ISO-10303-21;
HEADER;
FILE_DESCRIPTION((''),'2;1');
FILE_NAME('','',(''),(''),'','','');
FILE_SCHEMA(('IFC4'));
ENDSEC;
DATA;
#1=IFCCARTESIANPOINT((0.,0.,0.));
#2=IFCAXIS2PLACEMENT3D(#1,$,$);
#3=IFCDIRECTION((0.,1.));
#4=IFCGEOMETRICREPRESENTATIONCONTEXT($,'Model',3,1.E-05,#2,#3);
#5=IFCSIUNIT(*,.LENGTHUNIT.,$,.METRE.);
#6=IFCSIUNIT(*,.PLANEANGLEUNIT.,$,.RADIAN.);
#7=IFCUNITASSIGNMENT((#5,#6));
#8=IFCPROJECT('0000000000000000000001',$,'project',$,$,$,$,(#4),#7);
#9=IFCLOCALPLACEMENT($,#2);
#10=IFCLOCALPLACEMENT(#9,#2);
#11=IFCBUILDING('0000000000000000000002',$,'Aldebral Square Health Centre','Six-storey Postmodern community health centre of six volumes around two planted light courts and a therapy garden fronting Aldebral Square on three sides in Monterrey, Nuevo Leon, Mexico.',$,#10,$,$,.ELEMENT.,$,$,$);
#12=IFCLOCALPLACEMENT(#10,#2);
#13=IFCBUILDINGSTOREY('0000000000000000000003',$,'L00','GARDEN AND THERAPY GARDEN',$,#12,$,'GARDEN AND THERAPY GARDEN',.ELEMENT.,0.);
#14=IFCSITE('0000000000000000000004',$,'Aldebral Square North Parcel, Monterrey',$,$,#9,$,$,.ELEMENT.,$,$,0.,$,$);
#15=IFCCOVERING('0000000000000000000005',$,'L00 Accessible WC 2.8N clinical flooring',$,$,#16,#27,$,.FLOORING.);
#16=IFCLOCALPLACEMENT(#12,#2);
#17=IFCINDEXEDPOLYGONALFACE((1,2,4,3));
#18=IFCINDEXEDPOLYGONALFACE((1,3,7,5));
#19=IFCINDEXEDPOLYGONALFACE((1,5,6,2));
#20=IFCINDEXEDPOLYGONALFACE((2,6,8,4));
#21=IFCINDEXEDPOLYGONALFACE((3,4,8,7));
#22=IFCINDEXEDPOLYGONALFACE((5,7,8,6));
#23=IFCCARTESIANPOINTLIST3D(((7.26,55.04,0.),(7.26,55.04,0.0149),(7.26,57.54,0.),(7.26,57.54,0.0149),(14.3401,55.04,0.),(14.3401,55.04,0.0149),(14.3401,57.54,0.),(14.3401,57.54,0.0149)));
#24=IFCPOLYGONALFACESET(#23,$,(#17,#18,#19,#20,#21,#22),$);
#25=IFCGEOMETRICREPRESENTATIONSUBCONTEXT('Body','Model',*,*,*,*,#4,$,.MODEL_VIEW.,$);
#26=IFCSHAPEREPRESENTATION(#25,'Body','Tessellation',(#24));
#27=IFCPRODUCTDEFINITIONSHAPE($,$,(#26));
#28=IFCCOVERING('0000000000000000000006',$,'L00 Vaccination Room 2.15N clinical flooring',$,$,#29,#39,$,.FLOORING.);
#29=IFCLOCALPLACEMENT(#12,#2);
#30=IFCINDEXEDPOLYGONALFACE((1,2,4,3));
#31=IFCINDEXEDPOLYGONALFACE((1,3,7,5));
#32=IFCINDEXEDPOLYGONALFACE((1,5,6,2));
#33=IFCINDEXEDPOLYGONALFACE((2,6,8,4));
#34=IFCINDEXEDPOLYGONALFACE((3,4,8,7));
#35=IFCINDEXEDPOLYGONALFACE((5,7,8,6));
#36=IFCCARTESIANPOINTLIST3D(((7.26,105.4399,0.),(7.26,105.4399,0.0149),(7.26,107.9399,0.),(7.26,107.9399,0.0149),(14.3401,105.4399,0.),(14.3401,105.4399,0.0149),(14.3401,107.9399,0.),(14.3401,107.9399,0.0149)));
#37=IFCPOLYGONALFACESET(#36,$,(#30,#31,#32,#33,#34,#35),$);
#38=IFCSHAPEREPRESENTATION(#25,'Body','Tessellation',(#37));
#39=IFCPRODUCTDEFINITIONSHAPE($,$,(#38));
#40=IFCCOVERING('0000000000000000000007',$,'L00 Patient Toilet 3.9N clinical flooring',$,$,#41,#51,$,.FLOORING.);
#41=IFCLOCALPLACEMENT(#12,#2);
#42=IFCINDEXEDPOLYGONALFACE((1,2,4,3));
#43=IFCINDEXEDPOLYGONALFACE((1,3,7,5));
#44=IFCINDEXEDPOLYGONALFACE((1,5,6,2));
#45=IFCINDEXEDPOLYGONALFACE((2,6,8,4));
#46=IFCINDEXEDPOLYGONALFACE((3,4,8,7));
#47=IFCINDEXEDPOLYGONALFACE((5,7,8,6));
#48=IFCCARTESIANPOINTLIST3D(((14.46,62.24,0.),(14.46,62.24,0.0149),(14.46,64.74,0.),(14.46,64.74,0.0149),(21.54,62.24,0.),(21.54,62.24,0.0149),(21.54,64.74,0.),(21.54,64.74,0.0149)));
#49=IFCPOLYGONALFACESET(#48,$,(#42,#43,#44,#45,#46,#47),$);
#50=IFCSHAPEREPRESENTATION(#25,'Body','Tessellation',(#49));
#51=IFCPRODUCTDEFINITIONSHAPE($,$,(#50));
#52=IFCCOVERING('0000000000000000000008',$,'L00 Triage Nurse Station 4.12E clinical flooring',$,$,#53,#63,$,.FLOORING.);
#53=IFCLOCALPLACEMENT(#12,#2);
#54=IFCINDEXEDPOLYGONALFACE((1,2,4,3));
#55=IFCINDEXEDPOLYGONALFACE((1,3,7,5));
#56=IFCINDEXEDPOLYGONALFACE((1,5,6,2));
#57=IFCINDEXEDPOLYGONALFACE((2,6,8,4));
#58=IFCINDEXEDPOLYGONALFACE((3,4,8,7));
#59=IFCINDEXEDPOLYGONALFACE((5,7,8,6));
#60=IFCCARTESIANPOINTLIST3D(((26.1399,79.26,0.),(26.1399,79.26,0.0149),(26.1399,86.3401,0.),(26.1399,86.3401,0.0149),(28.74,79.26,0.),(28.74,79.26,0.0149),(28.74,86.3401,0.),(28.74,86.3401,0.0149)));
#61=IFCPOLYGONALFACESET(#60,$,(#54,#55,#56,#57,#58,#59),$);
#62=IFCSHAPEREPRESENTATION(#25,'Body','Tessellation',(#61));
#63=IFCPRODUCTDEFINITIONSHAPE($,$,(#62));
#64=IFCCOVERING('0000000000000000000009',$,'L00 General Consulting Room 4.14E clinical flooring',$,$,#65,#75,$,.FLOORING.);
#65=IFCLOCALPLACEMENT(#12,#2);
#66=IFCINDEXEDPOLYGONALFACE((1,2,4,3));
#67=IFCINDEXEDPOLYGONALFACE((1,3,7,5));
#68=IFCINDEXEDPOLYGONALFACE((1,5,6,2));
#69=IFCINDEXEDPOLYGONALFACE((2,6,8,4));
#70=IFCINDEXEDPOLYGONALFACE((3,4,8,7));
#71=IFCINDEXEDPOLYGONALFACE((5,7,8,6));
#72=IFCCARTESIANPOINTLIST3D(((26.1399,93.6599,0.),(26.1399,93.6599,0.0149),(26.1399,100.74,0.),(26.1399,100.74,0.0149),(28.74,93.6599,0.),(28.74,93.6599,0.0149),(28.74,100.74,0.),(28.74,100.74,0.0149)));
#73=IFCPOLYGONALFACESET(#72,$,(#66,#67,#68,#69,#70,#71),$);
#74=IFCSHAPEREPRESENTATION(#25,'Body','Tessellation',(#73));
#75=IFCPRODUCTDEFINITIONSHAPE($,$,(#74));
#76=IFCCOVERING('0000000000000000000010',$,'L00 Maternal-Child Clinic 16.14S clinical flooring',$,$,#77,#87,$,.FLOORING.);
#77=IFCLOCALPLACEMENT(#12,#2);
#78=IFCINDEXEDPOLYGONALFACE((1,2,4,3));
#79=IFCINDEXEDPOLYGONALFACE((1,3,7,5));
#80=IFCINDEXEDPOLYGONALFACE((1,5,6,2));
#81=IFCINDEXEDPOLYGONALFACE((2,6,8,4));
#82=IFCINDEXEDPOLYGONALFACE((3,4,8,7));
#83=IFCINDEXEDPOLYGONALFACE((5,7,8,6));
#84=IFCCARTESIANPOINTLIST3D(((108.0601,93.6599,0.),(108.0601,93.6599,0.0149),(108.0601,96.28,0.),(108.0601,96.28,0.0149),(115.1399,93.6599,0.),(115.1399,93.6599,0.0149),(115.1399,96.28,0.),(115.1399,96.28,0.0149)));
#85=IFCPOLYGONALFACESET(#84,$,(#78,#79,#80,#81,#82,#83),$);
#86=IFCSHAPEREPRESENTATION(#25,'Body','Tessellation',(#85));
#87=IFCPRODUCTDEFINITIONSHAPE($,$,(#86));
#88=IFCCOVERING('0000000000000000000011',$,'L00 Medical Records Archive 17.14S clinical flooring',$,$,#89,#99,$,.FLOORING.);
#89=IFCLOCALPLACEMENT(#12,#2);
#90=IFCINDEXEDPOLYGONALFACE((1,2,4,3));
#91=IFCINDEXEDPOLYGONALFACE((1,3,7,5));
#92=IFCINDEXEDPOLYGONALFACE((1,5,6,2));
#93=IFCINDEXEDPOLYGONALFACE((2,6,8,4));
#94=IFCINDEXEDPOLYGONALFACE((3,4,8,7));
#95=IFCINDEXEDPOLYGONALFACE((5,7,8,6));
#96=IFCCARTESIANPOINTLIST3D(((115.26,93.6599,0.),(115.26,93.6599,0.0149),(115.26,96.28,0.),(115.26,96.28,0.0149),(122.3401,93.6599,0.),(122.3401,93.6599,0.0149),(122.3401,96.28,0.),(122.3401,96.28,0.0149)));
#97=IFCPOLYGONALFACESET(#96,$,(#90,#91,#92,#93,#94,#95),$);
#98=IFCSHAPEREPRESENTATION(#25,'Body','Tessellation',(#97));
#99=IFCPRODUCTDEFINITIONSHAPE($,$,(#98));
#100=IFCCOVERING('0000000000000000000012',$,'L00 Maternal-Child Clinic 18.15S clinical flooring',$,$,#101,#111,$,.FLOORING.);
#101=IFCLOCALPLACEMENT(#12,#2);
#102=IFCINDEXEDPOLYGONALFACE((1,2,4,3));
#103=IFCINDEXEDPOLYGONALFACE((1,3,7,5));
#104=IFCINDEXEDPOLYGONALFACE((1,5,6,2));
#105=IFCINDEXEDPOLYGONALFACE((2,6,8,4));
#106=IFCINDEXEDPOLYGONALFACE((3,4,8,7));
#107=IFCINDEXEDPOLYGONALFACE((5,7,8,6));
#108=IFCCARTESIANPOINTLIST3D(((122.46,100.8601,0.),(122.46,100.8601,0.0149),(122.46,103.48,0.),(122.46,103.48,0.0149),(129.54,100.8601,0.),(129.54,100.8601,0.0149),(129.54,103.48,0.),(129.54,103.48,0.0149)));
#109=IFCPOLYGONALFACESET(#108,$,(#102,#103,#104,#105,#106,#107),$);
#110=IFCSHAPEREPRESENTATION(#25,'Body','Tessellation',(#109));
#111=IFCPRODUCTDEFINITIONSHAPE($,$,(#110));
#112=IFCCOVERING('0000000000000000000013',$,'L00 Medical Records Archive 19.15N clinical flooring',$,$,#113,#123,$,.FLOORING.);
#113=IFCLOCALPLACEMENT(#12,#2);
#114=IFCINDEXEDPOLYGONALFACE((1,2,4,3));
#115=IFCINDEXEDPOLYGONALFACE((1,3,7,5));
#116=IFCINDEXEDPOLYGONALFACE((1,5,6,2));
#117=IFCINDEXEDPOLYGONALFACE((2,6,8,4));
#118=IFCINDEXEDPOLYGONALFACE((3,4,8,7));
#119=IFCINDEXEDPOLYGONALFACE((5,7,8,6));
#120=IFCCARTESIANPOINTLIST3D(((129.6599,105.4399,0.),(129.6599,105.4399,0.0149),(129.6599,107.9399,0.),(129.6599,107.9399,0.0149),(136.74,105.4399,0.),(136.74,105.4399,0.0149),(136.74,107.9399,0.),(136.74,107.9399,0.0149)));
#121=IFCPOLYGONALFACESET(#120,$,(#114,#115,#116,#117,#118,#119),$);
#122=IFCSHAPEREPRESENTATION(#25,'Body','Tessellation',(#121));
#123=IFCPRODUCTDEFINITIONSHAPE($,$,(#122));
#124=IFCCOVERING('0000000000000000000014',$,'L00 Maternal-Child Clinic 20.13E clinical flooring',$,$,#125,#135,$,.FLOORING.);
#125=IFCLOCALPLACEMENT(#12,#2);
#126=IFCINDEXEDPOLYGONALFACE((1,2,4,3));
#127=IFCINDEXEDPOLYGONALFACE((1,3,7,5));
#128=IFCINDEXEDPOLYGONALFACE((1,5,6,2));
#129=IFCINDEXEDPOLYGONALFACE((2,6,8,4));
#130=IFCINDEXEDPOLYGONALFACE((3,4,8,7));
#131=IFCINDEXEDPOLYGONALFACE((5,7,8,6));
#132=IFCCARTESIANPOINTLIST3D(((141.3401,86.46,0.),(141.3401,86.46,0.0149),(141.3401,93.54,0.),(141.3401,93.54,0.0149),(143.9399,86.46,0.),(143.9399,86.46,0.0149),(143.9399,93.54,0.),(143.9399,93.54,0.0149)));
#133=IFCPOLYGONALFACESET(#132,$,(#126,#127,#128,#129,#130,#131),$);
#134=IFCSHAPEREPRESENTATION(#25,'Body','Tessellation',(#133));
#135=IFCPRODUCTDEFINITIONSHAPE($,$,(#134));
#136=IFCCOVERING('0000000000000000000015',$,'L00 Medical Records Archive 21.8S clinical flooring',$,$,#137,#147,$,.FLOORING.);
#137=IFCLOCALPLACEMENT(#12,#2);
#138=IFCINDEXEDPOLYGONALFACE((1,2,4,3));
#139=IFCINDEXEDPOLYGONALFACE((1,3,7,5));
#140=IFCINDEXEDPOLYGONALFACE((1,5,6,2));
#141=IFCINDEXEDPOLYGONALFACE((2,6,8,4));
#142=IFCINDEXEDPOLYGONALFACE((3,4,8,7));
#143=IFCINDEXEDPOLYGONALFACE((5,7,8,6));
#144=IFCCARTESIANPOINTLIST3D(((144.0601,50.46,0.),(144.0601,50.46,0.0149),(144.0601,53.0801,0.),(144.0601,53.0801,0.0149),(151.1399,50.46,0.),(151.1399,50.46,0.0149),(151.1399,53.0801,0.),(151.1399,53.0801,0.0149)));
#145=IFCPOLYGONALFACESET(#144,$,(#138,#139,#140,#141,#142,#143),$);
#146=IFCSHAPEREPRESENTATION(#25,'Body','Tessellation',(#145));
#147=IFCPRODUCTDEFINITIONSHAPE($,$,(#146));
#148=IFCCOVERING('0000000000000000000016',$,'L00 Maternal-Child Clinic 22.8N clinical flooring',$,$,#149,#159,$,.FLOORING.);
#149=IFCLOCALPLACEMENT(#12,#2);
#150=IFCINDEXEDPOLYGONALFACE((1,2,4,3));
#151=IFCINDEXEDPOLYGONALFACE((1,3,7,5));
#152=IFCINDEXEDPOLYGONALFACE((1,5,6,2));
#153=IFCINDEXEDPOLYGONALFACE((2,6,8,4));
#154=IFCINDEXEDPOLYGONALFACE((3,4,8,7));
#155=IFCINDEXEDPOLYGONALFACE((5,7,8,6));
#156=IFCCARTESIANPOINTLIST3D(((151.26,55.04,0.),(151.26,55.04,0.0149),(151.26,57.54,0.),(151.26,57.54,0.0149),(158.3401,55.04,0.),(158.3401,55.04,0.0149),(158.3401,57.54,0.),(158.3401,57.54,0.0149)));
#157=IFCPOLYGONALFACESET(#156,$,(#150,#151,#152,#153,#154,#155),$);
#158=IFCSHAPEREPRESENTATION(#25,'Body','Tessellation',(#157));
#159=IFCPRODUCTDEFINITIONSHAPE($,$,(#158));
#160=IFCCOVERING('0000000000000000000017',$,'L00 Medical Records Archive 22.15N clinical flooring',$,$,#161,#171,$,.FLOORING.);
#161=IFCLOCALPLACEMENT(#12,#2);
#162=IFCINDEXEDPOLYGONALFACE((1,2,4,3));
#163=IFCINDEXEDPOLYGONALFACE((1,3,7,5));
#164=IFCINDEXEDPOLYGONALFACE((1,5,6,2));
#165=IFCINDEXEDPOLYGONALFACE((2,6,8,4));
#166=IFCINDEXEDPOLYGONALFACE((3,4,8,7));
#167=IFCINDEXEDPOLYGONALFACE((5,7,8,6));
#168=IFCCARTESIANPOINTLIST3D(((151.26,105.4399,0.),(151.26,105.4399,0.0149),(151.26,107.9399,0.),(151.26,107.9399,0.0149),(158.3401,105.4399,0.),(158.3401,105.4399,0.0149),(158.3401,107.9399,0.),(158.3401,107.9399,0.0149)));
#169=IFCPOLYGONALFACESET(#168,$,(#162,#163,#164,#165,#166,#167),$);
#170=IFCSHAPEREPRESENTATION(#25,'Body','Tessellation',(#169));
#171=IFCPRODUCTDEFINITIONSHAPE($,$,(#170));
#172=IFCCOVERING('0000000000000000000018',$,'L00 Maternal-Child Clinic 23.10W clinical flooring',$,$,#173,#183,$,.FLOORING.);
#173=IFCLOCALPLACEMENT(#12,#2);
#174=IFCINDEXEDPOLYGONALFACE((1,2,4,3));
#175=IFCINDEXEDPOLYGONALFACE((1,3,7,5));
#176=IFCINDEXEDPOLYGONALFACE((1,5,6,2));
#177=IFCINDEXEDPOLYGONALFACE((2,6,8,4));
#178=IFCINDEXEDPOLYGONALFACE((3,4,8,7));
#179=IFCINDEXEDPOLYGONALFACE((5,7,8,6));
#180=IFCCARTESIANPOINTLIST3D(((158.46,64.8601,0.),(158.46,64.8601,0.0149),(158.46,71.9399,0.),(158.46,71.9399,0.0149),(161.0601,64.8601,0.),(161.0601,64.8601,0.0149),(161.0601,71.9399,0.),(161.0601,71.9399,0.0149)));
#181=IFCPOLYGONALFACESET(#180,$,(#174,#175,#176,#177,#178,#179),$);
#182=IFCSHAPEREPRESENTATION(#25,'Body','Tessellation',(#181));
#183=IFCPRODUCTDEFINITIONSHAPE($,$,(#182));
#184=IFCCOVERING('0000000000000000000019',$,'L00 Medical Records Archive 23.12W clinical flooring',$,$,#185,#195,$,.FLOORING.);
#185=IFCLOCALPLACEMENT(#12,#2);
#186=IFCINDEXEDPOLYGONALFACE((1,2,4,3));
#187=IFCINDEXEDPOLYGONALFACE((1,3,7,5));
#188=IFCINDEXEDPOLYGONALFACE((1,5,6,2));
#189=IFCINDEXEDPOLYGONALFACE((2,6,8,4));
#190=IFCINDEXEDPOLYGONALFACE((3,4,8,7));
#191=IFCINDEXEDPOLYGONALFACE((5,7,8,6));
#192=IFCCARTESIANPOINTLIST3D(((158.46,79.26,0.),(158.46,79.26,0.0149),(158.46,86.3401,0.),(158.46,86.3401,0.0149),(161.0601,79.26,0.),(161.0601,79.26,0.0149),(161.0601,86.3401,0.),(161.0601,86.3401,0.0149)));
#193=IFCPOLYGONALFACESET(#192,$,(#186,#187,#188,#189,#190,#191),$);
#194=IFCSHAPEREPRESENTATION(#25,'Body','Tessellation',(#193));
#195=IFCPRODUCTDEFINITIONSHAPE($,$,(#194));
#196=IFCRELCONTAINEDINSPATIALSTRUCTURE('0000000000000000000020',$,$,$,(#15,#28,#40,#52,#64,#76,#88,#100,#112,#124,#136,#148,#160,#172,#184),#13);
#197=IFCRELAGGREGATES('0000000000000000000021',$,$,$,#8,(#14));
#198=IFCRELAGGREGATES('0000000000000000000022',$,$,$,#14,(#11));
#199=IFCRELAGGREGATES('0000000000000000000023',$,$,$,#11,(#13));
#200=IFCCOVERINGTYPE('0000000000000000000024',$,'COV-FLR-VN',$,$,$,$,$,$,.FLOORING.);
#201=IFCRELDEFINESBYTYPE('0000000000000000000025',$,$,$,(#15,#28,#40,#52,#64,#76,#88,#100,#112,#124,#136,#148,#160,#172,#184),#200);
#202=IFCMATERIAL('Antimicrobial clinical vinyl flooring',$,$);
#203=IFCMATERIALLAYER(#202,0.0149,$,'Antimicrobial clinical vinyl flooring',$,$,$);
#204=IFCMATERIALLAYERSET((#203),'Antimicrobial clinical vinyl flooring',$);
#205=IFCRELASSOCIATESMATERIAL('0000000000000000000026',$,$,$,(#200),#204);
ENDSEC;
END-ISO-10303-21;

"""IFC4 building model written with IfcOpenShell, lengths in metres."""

from ifc_helpers import new_model, si_unit, direction, origin, place, context, subcontext, project, spatial, polyline, outline, extrude, material, layer, layer_set, type_object, element, save


model = new_model("IFC4")

# Units and contexts
model_context = context("Model", 3, precision=1e-05, world=origin(), true_north=direction((0.0, 1.0)))
body_context = subcontext(model_context, "Body", "Model", "MODEL_VIEW")
ifc_project = project(units=[si_unit("LENGTHUNIT", "METRE"), si_unit("PLANEANGLEUNIT", "RADIAN")], contexts=[model_context])

# Site, building, storey
site_placement = place(None, origin())
site = spatial("IfcSite", under=ifc_project, at=site_placement, Name="Aldebral Square North Parcel, Monterrey", CompositionType="ELEMENT", RefElevation=0.0)
building_placement = place(site_placement, origin())
building = spatial("IfcBuilding", under=site, at=building_placement, Name="Aldebral Square Health Centre", Description="Six-storey Postmodern community health centre of six volumes around two planted light courts and a therapy garden fronting Aldebral Square on three sides in Monterrey, Nuevo Leon, Mexico.", CompositionType="ELEMENT")
storey_placement = place(building_placement, origin())
storey = spatial("IfcBuildingStorey", under=building, at=storey_placement, Name="L00", Description="GARDEN AND THERAPY GARDEN", LongName="GARDEN AND THERAPY GARDEN", CompositionType="ELEMENT", Elevation=0.0)

# Coverings
ifc_material = material(Name="Antimicrobial clinical vinyl flooring")
ifc_layer = layer(ifc_material, 0.0149, Name="Antimicrobial clinical vinyl flooring")
ifc_layer_set = layer_set([ifc_layer], Name="Antimicrobial clinical vinyl flooring")
covering_type = type_object("IfcCoveringType", Name="COV-FLR-VN", PredefinedType="FLOORING", material=ifc_layer_set)
covering_1_placement = place(storey_placement, origin())
element("IfcCovering", 1, at=covering_1_placement, inside=storey, type_object=covering_type, Name="L00 Accessible WC 2.8N clinical flooring", PredefinedType="FLOORING", context=body_context, shape_type="SweptSolid", body=[
    extrude(outline(polyline([(7.26, 55.04), (14.3401, 55.04), (14.3401, 57.54), (7.26, 57.54), (7.26, 55.04)])), origin(), (0.0, 0.0, 1.0), 0.0149),
])
covering_2_placement = place(storey_placement, origin())
element("IfcCovering", 2, at=covering_2_placement, inside=storey, type_object=covering_type, Name="L00 Vaccination Room 2.15N clinical flooring", PredefinedType="FLOORING", context=body_context, shape_type="SweptSolid", body=[
    extrude(outline(polyline([(7.26, 105.4399), (14.3401, 105.4399), (14.3401, 107.9399), (7.26, 107.9399), (7.26, 105.4399)])), origin(), (0.0, 0.0, 1.0), 0.0149),
])
covering_3_placement = place(storey_placement, origin())
element("IfcCovering", 3, at=covering_3_placement, inside=storey, type_object=covering_type, Name="L00 Patient Toilet 3.9N clinical flooring", PredefinedType="FLOORING", context=body_context, shape_type="SweptSolid", body=[
    extrude(outline(polyline([(14.46, 62.24), (21.54, 62.24), (21.54, 64.74), (14.46, 64.74), (14.46, 62.24)])), origin(), (0.0, 0.0, 1.0), 0.0149),
])
covering_4_placement = place(storey_placement, origin())
element("IfcCovering", 4, at=covering_4_placement, inside=storey, type_object=covering_type, Name="L00 Triage Nurse Station 4.12E clinical flooring", PredefinedType="FLOORING", context=body_context, shape_type="SweptSolid", body=[
    extrude(outline(polyline([(26.1399, 79.26), (28.74, 79.26), (28.74, 86.3401), (26.1399, 86.3401), (26.1399, 79.26)])), origin(), (0.0, 0.0, 1.0), 0.0149),
])
covering_5_placement = place(storey_placement, origin())
element("IfcCovering", 5, at=covering_5_placement, inside=storey, type_object=covering_type, Name="L00 General Consulting Room 4.14E clinical flooring", PredefinedType="FLOORING", context=body_context, shape_type="SweptSolid", body=[
    extrude(outline(polyline([(26.1399, 93.6599), (28.74, 93.6599), (28.74, 100.74), (26.1399, 100.74), (26.1399, 93.6599)])), origin(), (0.0, 0.0, 1.0), 0.0149),
])
covering_6_placement = place(storey_placement, origin())
element("IfcCovering", 6, at=covering_6_placement, inside=storey, type_object=covering_type, Name="L00 Maternal-Child Clinic 16.14S clinical flooring", PredefinedType="FLOORING", context=body_context, shape_type="SweptSolid", body=[
    extrude(outline(polyline([(108.0601, 93.6599), (115.1399, 93.6599), (115.1399, 96.28), (108.0601, 96.28), (108.0601, 93.6599)])), origin(), (0.0, 0.0, 1.0), 0.0149),
])
covering_7_placement = place(storey_placement, origin())
element("IfcCovering", 7, at=covering_7_placement, inside=storey, type_object=covering_type, Name="L00 Medical Records Archive 17.14S clinical flooring", PredefinedType="FLOORING", context=body_context, shape_type="SweptSolid", body=[
    extrude(outline(polyline([(115.26, 93.6599), (122.3401, 93.6599), (122.3401, 96.28), (115.26, 96.28), (115.26, 93.6599)])), origin(), (0.0, 0.0, 1.0), 0.0149),
])
covering_8_placement = place(storey_placement, origin())
element("IfcCovering", 8, at=covering_8_placement, inside=storey, type_object=covering_type, Name="L00 Maternal-Child Clinic 18.15S clinical flooring", PredefinedType="FLOORING", context=body_context, shape_type="SweptSolid", body=[
    extrude(outline(polyline([(122.46, 100.8601), (129.54, 100.8601), (129.54, 103.48), (122.46, 103.48), (122.46, 100.8601)])), origin(), (0.0, 0.0, 1.0), 0.0149),
])
covering_9_placement = place(storey_placement, origin())
element("IfcCovering", 9, at=covering_9_placement, inside=storey, type_object=covering_type, Name="L00 Medical Records Archive 19.15N clinical flooring", PredefinedType="FLOORING", context=body_context, shape_type="SweptSolid", body=[
    extrude(outline(polyline([(129.6599, 105.4399), (136.74, 105.4399), (136.74, 107.9399), (129.6599, 107.9399), (129.6599, 105.4399)])), origin(), (0.0, 0.0, 1.0), 0.0149),
])
covering_10_placement = place(storey_placement, origin())
element("IfcCovering", 10, at=covering_10_placement, inside=storey, type_object=covering_type, Name="L00 Maternal-Child Clinic 20.13E clinical flooring", PredefinedType="FLOORING", context=body_context, shape_type="SweptSolid", body=[
    extrude(outline(polyline([(141.3401, 86.46), (143.9399, 86.46), (143.9399, 93.54), (141.3401, 93.54), (141.3401, 86.46)])), origin(), (0.0, 0.0, 1.0), 0.0149),
])
covering_11_placement = place(storey_placement, origin())
element("IfcCovering", 11, at=covering_11_placement, inside=storey, type_object=covering_type, Name="L00 Medical Records Archive 21.8S clinical flooring", PredefinedType="FLOORING", context=body_context, shape_type="SweptSolid", body=[
    extrude(outline(polyline([(144.0601, 50.46), (151.1399, 50.46), (151.1399, 53.0801), (144.0601, 53.0801), (144.0601, 50.46)])), origin(), (0.0, 0.0, 1.0), 0.0149),
])
covering_12_placement = place(storey_placement, origin())
element("IfcCovering", 12, at=covering_12_placement, inside=storey, type_object=covering_type, Name="L00 Maternal-Child Clinic 22.8N clinical flooring", PredefinedType="FLOORING", context=body_context, shape_type="SweptSolid", body=[
    extrude(outline(polyline([(151.26, 55.04), (158.3401, 55.04), (158.3401, 57.54), (151.26, 57.54), (151.26, 55.04)])), origin(), (0.0, 0.0, 1.0), 0.0149),
])
covering_13_placement = place(storey_placement, origin())
element("IfcCovering", 13, at=covering_13_placement, inside=storey, type_object=covering_type, Name="L00 Medical Records Archive 22.15N clinical flooring", PredefinedType="FLOORING", context=body_context, shape_type="SweptSolid", body=[
    extrude(outline(polyline([(151.26, 105.4399), (158.3401, 105.4399), (158.3401, 107.9399), (151.26, 107.9399), (151.26, 105.4399)])), origin(), (0.0, 0.0, 1.0), 0.0149),
])
covering_14_placement = place(storey_placement, origin())
element("IfcCovering", 14, at=covering_14_placement, inside=storey, type_object=covering_type, Name="L00 Maternal-Child Clinic 23.10W clinical flooring", PredefinedType="FLOORING", context=body_context, shape_type="SweptSolid", body=[
    extrude(outline(polyline([(158.46, 64.8601), (161.0601, 64.8601), (161.0601, 71.9399), (158.46, 71.9399), (158.46, 64.8601)])), origin(), (0.0, 0.0, 1.0), 0.0149),
])
covering_15_placement = place(storey_placement, origin())
element("IfcCovering", 15, at=covering_15_placement, inside=storey, type_object=covering_type, Name="L00 Medical Records Archive 23.12W clinical flooring", PredefinedType="FLOORING", context=body_context, shape_type="SweptSolid", body=[
    extrude(outline(polyline([(158.46, 79.26), (161.0601, 79.26), (161.0601, 86.3401), (158.46, 86.3401), (158.46, 79.26)])), origin(), (0.0, 0.0, 1.0), 0.0149),
])

save(model, "model.ifc")
